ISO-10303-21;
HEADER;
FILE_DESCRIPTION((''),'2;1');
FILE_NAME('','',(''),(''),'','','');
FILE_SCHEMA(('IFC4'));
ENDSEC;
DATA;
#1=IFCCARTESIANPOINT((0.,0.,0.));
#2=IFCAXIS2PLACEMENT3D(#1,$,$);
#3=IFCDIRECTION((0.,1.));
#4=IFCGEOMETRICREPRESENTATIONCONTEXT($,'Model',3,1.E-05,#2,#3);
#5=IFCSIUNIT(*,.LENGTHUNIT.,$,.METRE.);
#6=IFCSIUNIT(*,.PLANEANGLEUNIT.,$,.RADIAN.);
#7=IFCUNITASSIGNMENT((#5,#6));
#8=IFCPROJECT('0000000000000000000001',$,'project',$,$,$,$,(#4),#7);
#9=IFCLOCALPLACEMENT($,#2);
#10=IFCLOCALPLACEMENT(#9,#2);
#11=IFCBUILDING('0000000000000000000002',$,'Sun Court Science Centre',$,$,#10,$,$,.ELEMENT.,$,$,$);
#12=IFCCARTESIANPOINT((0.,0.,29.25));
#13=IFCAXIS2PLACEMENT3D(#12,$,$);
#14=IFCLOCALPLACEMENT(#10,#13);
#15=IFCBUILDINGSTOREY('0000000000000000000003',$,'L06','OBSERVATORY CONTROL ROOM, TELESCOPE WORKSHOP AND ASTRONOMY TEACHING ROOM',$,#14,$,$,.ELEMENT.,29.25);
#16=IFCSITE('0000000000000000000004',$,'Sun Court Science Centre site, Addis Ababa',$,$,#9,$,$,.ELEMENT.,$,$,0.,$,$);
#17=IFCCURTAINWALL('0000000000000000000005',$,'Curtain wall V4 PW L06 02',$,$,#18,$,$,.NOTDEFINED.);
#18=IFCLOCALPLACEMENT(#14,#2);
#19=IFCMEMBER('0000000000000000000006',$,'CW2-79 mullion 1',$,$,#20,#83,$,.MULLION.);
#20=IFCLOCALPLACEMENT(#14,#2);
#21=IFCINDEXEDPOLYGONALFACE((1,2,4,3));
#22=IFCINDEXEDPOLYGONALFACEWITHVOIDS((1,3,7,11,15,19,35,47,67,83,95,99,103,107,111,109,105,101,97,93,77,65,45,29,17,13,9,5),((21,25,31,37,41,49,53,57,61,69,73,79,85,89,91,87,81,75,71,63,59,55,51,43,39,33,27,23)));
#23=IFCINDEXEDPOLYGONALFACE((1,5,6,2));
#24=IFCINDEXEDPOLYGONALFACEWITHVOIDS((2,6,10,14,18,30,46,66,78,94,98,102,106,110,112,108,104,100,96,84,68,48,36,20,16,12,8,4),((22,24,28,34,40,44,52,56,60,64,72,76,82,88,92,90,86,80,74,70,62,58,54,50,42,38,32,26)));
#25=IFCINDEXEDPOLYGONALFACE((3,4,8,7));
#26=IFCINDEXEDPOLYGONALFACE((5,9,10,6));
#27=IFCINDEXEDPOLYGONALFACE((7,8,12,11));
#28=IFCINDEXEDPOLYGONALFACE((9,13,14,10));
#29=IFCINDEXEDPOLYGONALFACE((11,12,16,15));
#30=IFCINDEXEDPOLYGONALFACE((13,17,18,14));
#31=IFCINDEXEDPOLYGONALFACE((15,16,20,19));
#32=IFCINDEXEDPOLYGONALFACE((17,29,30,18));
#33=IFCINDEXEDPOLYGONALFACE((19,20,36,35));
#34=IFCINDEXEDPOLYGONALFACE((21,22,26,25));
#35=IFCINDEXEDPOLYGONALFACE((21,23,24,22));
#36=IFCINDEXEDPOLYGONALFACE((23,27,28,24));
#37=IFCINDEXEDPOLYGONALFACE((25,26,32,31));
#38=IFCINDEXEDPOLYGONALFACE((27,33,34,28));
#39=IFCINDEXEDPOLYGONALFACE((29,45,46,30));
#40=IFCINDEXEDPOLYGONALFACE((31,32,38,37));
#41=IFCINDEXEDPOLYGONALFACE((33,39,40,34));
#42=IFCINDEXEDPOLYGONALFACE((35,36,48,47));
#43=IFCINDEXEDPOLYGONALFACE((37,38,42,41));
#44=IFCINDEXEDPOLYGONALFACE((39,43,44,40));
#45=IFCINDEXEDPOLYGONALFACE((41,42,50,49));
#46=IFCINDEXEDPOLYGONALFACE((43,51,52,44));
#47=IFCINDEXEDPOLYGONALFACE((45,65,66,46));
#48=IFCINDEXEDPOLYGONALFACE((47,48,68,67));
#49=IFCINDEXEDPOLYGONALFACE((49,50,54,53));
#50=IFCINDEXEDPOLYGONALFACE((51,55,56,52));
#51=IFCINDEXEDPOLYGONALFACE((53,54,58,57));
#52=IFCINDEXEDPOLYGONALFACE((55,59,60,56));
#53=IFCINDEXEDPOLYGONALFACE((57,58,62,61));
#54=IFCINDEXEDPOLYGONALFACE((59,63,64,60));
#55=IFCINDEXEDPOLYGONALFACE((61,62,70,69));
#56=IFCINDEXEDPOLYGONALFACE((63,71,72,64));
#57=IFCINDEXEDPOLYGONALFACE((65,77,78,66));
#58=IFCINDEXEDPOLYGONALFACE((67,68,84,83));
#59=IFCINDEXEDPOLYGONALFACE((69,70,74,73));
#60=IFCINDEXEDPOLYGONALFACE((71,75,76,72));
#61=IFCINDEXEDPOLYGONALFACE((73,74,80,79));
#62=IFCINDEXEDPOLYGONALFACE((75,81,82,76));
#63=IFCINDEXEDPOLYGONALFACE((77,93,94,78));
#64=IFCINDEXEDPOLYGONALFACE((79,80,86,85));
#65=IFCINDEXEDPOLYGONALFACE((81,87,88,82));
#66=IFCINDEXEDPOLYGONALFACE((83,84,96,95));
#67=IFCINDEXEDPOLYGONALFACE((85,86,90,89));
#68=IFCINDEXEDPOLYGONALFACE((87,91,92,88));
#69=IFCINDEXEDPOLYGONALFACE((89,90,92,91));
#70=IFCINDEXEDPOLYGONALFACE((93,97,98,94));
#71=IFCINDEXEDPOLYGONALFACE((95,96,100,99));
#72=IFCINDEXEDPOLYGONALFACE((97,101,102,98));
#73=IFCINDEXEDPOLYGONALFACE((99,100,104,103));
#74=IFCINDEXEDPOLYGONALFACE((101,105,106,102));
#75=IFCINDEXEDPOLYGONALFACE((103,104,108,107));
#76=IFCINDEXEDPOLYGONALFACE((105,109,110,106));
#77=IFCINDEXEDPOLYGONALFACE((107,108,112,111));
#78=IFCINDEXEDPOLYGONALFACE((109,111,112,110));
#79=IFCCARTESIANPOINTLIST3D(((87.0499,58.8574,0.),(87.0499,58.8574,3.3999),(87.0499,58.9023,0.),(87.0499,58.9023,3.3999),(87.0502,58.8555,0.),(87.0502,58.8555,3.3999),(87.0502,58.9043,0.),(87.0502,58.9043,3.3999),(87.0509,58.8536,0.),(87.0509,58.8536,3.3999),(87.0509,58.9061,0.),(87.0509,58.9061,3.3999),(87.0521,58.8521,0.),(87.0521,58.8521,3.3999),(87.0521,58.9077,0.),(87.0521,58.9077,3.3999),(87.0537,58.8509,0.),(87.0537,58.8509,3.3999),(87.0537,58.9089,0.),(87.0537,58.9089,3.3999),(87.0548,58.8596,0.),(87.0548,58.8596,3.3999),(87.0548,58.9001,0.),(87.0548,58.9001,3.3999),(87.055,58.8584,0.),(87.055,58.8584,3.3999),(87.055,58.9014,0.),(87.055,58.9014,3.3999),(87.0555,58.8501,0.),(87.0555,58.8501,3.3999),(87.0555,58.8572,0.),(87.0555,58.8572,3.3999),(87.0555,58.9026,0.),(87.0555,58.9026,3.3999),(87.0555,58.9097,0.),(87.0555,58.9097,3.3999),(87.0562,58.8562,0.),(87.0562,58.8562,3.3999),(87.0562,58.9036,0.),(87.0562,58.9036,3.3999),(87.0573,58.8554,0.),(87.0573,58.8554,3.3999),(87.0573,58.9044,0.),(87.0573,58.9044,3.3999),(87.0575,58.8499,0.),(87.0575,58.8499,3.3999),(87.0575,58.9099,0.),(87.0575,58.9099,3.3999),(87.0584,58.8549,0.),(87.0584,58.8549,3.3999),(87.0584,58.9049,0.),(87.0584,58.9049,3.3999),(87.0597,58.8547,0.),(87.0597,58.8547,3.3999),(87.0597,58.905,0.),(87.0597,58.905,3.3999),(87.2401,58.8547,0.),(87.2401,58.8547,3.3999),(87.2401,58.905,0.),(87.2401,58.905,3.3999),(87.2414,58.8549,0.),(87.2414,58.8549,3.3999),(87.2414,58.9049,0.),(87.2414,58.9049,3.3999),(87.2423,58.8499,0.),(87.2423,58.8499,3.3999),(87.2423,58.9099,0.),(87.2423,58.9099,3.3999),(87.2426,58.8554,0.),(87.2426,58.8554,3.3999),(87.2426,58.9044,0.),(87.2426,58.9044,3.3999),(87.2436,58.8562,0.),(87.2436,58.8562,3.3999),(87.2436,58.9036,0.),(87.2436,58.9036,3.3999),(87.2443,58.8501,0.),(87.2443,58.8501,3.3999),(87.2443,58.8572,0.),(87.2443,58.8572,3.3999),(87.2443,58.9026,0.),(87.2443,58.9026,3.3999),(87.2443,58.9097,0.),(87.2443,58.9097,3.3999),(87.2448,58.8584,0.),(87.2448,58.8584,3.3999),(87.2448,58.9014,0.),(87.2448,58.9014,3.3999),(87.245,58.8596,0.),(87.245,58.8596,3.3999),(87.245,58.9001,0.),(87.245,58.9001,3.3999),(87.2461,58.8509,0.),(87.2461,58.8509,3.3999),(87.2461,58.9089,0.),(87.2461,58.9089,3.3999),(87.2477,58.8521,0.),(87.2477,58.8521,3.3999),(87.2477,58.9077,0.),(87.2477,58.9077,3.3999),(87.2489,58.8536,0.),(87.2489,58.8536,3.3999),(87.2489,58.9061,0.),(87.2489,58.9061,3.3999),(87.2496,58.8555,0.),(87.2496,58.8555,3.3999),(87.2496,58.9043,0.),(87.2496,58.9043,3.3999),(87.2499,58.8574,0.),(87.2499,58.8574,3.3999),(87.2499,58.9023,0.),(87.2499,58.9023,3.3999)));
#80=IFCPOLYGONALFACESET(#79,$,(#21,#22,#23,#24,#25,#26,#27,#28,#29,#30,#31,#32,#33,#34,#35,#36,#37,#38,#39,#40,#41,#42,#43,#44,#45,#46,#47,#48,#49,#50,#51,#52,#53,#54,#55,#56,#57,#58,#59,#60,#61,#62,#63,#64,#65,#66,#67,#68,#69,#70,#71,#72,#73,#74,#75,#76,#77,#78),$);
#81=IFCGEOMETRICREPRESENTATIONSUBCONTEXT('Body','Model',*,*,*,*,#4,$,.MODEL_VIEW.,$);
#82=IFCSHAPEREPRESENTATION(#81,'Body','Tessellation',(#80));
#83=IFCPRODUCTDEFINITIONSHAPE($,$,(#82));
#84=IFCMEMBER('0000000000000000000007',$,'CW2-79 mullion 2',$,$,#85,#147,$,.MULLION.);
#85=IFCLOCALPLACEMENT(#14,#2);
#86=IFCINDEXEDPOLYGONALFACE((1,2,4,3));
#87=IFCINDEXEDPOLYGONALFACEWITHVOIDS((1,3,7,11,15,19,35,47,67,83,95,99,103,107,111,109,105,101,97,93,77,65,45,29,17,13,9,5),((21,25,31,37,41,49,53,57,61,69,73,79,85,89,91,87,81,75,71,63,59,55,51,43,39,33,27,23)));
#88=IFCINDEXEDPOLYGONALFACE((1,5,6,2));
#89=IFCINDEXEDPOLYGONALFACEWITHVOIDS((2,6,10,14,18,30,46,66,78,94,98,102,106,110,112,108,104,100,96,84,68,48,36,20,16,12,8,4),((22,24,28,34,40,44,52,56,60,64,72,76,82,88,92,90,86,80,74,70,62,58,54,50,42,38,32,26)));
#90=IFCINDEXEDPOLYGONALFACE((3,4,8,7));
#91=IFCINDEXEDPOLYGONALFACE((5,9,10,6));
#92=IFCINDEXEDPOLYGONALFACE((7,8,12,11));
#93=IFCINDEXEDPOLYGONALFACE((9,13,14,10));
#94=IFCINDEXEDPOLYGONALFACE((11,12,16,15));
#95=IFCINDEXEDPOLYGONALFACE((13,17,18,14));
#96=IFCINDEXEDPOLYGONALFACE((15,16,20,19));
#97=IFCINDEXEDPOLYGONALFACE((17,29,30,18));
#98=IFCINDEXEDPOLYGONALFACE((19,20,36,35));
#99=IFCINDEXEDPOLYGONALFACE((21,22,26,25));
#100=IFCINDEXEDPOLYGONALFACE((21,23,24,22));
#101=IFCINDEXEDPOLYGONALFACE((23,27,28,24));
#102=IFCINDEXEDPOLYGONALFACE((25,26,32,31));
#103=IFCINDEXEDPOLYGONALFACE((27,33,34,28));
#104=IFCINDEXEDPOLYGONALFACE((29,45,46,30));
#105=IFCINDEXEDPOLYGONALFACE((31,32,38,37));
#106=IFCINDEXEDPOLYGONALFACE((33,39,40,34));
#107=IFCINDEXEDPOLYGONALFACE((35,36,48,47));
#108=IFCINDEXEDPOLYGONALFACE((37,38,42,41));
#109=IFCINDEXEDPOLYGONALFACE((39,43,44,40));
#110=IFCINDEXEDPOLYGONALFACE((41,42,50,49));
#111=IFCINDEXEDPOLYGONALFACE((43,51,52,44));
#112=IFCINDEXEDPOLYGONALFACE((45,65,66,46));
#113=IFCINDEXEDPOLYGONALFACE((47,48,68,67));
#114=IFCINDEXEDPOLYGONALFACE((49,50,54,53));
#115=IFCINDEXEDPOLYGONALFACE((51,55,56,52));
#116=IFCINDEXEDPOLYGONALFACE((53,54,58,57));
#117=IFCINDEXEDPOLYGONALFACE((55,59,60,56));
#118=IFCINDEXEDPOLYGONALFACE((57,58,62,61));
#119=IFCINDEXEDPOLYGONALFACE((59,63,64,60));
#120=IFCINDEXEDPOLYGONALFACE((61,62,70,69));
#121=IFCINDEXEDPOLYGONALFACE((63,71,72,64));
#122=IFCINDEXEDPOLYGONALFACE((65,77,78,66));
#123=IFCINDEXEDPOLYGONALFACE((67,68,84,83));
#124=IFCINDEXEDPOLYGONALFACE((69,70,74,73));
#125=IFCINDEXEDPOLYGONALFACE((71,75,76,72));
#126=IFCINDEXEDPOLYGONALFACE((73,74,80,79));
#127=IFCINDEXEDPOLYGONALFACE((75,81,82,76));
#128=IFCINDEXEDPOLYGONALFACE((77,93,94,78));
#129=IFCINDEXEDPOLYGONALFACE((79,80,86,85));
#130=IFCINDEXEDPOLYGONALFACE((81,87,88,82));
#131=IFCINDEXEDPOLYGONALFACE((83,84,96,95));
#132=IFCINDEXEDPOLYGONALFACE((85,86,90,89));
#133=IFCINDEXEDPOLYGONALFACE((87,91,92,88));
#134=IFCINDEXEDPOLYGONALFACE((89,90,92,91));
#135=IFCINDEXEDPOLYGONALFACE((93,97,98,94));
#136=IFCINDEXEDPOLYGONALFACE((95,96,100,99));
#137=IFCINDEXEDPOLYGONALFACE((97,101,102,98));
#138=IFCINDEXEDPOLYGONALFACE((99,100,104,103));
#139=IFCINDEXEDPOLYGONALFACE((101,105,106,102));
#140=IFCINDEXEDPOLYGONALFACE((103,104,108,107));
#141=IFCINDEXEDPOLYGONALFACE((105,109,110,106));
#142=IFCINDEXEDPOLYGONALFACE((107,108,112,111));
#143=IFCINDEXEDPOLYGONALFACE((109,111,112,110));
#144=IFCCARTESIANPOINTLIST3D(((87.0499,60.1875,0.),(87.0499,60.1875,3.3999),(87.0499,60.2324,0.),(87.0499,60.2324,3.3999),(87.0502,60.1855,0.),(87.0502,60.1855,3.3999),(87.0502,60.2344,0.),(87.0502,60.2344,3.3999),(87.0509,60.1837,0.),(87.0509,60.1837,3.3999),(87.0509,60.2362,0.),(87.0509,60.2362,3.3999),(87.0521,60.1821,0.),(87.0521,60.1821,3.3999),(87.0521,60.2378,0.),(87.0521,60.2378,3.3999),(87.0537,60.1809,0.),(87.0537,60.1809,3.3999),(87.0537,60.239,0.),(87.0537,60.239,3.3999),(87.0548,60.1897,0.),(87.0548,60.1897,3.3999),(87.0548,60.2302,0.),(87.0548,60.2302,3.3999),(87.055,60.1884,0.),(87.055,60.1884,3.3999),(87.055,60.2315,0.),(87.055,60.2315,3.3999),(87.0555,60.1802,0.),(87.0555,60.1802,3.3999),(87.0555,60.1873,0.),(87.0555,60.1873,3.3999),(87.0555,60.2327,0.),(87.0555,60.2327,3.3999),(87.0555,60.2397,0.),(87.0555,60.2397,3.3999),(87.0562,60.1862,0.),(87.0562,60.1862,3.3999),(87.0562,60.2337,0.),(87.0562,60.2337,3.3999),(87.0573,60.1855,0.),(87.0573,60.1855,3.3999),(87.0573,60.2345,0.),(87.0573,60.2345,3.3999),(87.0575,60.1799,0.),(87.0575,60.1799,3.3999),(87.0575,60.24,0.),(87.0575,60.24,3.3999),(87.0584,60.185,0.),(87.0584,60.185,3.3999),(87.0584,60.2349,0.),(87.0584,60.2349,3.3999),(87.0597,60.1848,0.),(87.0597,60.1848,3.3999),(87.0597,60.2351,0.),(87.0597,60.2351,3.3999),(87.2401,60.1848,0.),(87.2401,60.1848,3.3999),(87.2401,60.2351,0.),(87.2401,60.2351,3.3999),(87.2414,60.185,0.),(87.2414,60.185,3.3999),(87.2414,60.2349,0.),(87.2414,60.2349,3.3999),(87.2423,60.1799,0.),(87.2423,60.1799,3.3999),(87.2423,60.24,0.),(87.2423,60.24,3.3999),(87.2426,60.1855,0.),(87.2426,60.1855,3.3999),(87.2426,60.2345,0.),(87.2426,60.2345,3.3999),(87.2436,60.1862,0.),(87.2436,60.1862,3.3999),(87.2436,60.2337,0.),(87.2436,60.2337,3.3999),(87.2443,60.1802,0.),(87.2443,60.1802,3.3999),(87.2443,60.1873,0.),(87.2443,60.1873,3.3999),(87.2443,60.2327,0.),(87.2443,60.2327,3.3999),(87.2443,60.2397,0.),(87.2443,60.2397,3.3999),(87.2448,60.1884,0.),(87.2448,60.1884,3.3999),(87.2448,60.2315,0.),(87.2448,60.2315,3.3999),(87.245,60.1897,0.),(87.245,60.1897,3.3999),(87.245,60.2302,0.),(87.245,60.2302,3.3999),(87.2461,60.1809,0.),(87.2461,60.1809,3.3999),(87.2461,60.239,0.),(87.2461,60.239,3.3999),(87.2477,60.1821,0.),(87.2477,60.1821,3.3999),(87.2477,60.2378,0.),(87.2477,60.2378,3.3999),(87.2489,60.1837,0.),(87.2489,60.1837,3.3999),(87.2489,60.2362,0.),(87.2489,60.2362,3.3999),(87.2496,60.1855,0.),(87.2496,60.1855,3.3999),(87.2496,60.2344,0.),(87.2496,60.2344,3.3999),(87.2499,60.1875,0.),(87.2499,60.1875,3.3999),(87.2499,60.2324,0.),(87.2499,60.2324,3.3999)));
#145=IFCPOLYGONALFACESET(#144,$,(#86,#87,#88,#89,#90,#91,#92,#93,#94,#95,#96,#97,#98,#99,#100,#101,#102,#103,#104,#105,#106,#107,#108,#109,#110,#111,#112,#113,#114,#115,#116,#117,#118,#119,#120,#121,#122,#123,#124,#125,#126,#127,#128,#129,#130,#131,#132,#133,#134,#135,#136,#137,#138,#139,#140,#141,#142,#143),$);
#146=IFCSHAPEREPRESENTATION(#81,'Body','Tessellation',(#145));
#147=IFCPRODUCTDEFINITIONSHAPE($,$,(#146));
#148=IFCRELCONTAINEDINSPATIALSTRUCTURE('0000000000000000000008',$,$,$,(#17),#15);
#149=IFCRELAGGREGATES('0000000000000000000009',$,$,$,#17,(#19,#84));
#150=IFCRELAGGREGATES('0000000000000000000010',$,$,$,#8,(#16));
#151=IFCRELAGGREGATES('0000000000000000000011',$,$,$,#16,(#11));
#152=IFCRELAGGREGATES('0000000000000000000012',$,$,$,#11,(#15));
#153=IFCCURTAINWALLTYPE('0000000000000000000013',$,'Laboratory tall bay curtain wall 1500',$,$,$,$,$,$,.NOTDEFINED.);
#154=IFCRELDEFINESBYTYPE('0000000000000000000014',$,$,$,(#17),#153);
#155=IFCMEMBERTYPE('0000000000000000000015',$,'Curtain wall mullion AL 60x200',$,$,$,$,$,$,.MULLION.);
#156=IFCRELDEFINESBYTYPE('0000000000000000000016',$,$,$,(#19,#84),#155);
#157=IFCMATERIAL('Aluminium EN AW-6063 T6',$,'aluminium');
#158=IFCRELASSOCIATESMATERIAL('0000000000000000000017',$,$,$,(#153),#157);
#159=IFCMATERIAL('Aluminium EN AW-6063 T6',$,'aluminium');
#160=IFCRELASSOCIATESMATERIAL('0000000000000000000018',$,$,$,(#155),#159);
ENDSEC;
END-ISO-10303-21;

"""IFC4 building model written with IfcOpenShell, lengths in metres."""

from ifc_helpers import new_model, si_unit, direction, frame, origin, origin_2d, place, context, subcontext, project, spatial, hollow_rectangle, extrude, material, material_profile, profile_set, type_object, element, aggregate, save


model = new_model("IFC4")

# Units and contexts
model_context = context("Model", 3, precision=1e-05, world=origin(), true_north=direction((0.0, 1.0)))
body_context = subcontext(model_context, "Body", "Model", "MODEL_VIEW")
ifc_project = project(units=[si_unit("LENGTHUNIT", "METRE"), si_unit("PLANEANGLEUNIT", "RADIAN")], contexts=[model_context])

# Site, building, storey
site_placement = place(None, origin())
site = spatial("IfcSite", under=ifc_project, at=site_placement, Name="Sun Court Science Centre site, Addis Ababa", CompositionType="ELEMENT", RefElevation=0.0)
building_placement = place(site_placement, origin())
building = spatial("IfcBuilding", under=site, at=building_placement, Name="Sun Court Science Centre", CompositionType="ELEMENT")
storey_placement = place(building_placement, frame((0.0, 0.0, 29.25)))
storey = spatial("IfcBuildingStorey", under=building, at=storey_placement, Name="L06", Description="OBSERVATORY CONTROL ROOM, TELESCOPE WORKSHOP AND ASTRONOMY TEACHING ROOM", CompositionType="ELEMENT", Elevation=29.25)

# Curtain wall, members
ifc_material_1 = material(Name="Aluminium EN AW-6063 T6", Category="aluminium")
curtain_wall_type = type_object("IfcCurtainWallType", Name="Laboratory tall bay curtain wall 1500", PredefinedType="NOTDEFINED", material=ifc_material_1)
curtain_wall_placement = place(storey_placement, origin())
curtain_wall = element("IfcCurtainWall", 1, at=curtain_wall_placement, inside=storey, type_object=curtain_wall_type, Name="Curtain wall V4 PW L06 02", PredefinedType="NOTDEFINED")
ifc_material_2 = material(Name="Aluminium EN AW-6063 T6", Category="aluminium")
ifc_material_profile_1 = material_profile(ifc_material_2, hollow_rectangle(XDim=0.0601, YDim=0.2, WallThickness=0.0049, InnerFilletRadius=0.0049, OuterFilletRadius=0.0076, at=origin_2d()), Name="AL 60x200x5")
ifc_profile_set_1 = profile_set([ifc_material_profile_1], Name="Aluminium EN AW-6063 T6")
member_type_1 = type_object("IfcMemberType", Name="Curtain wall mullion AL 60x200", PredefinedType="MULLION", material=ifc_profile_set_1)
member_1_placement = place(storey_placement, frame((87.1499, 58.8799, 0.0), z_axis=(0.0, 0.0, 1.0), x_axis=(0.0, 1.0, 0.0)))
member_1 = element("IfcMember", 2, at=member_1_placement, type_object=member_type_1, Name="CW2-79 mullion 1", PredefinedType="MULLION", context=body_context, shape_type="SweptSolid", body=[
    extrude(hollow_rectangle(XDim=0.0601, YDim=0.2, WallThickness=0.0049, InnerFilletRadius=0.0049, OuterFilletRadius=0.0076, at=origin_2d()), origin(), (0.0, 0.0, 1.0), 3.3999),
])
member_2_placement = place(storey_placement, frame((87.1499, 60.21, 0.0), z_axis=(0.0, 0.0, 1.0), x_axis=(0.0, 1.0, 0.0)))
member_2 = element("IfcMember", 3, at=member_2_placement, type_object=member_type_1, Name="CW2-79 mullion 2", PredefinedType="MULLION", context=body_context, shape_type="SweptSolid", body=[
    extrude(hollow_rectangle(XDim=0.0601, YDim=0.2, WallThickness=0.0049, InnerFilletRadius=0.0049, OuterFilletRadius=0.0076, at=origin_2d()), origin(), (0.0, 0.0, 1.0), 3.3999),
])
aggregate(curtain_wall, [member_1, member_2])

save(model, "model.ifc")
